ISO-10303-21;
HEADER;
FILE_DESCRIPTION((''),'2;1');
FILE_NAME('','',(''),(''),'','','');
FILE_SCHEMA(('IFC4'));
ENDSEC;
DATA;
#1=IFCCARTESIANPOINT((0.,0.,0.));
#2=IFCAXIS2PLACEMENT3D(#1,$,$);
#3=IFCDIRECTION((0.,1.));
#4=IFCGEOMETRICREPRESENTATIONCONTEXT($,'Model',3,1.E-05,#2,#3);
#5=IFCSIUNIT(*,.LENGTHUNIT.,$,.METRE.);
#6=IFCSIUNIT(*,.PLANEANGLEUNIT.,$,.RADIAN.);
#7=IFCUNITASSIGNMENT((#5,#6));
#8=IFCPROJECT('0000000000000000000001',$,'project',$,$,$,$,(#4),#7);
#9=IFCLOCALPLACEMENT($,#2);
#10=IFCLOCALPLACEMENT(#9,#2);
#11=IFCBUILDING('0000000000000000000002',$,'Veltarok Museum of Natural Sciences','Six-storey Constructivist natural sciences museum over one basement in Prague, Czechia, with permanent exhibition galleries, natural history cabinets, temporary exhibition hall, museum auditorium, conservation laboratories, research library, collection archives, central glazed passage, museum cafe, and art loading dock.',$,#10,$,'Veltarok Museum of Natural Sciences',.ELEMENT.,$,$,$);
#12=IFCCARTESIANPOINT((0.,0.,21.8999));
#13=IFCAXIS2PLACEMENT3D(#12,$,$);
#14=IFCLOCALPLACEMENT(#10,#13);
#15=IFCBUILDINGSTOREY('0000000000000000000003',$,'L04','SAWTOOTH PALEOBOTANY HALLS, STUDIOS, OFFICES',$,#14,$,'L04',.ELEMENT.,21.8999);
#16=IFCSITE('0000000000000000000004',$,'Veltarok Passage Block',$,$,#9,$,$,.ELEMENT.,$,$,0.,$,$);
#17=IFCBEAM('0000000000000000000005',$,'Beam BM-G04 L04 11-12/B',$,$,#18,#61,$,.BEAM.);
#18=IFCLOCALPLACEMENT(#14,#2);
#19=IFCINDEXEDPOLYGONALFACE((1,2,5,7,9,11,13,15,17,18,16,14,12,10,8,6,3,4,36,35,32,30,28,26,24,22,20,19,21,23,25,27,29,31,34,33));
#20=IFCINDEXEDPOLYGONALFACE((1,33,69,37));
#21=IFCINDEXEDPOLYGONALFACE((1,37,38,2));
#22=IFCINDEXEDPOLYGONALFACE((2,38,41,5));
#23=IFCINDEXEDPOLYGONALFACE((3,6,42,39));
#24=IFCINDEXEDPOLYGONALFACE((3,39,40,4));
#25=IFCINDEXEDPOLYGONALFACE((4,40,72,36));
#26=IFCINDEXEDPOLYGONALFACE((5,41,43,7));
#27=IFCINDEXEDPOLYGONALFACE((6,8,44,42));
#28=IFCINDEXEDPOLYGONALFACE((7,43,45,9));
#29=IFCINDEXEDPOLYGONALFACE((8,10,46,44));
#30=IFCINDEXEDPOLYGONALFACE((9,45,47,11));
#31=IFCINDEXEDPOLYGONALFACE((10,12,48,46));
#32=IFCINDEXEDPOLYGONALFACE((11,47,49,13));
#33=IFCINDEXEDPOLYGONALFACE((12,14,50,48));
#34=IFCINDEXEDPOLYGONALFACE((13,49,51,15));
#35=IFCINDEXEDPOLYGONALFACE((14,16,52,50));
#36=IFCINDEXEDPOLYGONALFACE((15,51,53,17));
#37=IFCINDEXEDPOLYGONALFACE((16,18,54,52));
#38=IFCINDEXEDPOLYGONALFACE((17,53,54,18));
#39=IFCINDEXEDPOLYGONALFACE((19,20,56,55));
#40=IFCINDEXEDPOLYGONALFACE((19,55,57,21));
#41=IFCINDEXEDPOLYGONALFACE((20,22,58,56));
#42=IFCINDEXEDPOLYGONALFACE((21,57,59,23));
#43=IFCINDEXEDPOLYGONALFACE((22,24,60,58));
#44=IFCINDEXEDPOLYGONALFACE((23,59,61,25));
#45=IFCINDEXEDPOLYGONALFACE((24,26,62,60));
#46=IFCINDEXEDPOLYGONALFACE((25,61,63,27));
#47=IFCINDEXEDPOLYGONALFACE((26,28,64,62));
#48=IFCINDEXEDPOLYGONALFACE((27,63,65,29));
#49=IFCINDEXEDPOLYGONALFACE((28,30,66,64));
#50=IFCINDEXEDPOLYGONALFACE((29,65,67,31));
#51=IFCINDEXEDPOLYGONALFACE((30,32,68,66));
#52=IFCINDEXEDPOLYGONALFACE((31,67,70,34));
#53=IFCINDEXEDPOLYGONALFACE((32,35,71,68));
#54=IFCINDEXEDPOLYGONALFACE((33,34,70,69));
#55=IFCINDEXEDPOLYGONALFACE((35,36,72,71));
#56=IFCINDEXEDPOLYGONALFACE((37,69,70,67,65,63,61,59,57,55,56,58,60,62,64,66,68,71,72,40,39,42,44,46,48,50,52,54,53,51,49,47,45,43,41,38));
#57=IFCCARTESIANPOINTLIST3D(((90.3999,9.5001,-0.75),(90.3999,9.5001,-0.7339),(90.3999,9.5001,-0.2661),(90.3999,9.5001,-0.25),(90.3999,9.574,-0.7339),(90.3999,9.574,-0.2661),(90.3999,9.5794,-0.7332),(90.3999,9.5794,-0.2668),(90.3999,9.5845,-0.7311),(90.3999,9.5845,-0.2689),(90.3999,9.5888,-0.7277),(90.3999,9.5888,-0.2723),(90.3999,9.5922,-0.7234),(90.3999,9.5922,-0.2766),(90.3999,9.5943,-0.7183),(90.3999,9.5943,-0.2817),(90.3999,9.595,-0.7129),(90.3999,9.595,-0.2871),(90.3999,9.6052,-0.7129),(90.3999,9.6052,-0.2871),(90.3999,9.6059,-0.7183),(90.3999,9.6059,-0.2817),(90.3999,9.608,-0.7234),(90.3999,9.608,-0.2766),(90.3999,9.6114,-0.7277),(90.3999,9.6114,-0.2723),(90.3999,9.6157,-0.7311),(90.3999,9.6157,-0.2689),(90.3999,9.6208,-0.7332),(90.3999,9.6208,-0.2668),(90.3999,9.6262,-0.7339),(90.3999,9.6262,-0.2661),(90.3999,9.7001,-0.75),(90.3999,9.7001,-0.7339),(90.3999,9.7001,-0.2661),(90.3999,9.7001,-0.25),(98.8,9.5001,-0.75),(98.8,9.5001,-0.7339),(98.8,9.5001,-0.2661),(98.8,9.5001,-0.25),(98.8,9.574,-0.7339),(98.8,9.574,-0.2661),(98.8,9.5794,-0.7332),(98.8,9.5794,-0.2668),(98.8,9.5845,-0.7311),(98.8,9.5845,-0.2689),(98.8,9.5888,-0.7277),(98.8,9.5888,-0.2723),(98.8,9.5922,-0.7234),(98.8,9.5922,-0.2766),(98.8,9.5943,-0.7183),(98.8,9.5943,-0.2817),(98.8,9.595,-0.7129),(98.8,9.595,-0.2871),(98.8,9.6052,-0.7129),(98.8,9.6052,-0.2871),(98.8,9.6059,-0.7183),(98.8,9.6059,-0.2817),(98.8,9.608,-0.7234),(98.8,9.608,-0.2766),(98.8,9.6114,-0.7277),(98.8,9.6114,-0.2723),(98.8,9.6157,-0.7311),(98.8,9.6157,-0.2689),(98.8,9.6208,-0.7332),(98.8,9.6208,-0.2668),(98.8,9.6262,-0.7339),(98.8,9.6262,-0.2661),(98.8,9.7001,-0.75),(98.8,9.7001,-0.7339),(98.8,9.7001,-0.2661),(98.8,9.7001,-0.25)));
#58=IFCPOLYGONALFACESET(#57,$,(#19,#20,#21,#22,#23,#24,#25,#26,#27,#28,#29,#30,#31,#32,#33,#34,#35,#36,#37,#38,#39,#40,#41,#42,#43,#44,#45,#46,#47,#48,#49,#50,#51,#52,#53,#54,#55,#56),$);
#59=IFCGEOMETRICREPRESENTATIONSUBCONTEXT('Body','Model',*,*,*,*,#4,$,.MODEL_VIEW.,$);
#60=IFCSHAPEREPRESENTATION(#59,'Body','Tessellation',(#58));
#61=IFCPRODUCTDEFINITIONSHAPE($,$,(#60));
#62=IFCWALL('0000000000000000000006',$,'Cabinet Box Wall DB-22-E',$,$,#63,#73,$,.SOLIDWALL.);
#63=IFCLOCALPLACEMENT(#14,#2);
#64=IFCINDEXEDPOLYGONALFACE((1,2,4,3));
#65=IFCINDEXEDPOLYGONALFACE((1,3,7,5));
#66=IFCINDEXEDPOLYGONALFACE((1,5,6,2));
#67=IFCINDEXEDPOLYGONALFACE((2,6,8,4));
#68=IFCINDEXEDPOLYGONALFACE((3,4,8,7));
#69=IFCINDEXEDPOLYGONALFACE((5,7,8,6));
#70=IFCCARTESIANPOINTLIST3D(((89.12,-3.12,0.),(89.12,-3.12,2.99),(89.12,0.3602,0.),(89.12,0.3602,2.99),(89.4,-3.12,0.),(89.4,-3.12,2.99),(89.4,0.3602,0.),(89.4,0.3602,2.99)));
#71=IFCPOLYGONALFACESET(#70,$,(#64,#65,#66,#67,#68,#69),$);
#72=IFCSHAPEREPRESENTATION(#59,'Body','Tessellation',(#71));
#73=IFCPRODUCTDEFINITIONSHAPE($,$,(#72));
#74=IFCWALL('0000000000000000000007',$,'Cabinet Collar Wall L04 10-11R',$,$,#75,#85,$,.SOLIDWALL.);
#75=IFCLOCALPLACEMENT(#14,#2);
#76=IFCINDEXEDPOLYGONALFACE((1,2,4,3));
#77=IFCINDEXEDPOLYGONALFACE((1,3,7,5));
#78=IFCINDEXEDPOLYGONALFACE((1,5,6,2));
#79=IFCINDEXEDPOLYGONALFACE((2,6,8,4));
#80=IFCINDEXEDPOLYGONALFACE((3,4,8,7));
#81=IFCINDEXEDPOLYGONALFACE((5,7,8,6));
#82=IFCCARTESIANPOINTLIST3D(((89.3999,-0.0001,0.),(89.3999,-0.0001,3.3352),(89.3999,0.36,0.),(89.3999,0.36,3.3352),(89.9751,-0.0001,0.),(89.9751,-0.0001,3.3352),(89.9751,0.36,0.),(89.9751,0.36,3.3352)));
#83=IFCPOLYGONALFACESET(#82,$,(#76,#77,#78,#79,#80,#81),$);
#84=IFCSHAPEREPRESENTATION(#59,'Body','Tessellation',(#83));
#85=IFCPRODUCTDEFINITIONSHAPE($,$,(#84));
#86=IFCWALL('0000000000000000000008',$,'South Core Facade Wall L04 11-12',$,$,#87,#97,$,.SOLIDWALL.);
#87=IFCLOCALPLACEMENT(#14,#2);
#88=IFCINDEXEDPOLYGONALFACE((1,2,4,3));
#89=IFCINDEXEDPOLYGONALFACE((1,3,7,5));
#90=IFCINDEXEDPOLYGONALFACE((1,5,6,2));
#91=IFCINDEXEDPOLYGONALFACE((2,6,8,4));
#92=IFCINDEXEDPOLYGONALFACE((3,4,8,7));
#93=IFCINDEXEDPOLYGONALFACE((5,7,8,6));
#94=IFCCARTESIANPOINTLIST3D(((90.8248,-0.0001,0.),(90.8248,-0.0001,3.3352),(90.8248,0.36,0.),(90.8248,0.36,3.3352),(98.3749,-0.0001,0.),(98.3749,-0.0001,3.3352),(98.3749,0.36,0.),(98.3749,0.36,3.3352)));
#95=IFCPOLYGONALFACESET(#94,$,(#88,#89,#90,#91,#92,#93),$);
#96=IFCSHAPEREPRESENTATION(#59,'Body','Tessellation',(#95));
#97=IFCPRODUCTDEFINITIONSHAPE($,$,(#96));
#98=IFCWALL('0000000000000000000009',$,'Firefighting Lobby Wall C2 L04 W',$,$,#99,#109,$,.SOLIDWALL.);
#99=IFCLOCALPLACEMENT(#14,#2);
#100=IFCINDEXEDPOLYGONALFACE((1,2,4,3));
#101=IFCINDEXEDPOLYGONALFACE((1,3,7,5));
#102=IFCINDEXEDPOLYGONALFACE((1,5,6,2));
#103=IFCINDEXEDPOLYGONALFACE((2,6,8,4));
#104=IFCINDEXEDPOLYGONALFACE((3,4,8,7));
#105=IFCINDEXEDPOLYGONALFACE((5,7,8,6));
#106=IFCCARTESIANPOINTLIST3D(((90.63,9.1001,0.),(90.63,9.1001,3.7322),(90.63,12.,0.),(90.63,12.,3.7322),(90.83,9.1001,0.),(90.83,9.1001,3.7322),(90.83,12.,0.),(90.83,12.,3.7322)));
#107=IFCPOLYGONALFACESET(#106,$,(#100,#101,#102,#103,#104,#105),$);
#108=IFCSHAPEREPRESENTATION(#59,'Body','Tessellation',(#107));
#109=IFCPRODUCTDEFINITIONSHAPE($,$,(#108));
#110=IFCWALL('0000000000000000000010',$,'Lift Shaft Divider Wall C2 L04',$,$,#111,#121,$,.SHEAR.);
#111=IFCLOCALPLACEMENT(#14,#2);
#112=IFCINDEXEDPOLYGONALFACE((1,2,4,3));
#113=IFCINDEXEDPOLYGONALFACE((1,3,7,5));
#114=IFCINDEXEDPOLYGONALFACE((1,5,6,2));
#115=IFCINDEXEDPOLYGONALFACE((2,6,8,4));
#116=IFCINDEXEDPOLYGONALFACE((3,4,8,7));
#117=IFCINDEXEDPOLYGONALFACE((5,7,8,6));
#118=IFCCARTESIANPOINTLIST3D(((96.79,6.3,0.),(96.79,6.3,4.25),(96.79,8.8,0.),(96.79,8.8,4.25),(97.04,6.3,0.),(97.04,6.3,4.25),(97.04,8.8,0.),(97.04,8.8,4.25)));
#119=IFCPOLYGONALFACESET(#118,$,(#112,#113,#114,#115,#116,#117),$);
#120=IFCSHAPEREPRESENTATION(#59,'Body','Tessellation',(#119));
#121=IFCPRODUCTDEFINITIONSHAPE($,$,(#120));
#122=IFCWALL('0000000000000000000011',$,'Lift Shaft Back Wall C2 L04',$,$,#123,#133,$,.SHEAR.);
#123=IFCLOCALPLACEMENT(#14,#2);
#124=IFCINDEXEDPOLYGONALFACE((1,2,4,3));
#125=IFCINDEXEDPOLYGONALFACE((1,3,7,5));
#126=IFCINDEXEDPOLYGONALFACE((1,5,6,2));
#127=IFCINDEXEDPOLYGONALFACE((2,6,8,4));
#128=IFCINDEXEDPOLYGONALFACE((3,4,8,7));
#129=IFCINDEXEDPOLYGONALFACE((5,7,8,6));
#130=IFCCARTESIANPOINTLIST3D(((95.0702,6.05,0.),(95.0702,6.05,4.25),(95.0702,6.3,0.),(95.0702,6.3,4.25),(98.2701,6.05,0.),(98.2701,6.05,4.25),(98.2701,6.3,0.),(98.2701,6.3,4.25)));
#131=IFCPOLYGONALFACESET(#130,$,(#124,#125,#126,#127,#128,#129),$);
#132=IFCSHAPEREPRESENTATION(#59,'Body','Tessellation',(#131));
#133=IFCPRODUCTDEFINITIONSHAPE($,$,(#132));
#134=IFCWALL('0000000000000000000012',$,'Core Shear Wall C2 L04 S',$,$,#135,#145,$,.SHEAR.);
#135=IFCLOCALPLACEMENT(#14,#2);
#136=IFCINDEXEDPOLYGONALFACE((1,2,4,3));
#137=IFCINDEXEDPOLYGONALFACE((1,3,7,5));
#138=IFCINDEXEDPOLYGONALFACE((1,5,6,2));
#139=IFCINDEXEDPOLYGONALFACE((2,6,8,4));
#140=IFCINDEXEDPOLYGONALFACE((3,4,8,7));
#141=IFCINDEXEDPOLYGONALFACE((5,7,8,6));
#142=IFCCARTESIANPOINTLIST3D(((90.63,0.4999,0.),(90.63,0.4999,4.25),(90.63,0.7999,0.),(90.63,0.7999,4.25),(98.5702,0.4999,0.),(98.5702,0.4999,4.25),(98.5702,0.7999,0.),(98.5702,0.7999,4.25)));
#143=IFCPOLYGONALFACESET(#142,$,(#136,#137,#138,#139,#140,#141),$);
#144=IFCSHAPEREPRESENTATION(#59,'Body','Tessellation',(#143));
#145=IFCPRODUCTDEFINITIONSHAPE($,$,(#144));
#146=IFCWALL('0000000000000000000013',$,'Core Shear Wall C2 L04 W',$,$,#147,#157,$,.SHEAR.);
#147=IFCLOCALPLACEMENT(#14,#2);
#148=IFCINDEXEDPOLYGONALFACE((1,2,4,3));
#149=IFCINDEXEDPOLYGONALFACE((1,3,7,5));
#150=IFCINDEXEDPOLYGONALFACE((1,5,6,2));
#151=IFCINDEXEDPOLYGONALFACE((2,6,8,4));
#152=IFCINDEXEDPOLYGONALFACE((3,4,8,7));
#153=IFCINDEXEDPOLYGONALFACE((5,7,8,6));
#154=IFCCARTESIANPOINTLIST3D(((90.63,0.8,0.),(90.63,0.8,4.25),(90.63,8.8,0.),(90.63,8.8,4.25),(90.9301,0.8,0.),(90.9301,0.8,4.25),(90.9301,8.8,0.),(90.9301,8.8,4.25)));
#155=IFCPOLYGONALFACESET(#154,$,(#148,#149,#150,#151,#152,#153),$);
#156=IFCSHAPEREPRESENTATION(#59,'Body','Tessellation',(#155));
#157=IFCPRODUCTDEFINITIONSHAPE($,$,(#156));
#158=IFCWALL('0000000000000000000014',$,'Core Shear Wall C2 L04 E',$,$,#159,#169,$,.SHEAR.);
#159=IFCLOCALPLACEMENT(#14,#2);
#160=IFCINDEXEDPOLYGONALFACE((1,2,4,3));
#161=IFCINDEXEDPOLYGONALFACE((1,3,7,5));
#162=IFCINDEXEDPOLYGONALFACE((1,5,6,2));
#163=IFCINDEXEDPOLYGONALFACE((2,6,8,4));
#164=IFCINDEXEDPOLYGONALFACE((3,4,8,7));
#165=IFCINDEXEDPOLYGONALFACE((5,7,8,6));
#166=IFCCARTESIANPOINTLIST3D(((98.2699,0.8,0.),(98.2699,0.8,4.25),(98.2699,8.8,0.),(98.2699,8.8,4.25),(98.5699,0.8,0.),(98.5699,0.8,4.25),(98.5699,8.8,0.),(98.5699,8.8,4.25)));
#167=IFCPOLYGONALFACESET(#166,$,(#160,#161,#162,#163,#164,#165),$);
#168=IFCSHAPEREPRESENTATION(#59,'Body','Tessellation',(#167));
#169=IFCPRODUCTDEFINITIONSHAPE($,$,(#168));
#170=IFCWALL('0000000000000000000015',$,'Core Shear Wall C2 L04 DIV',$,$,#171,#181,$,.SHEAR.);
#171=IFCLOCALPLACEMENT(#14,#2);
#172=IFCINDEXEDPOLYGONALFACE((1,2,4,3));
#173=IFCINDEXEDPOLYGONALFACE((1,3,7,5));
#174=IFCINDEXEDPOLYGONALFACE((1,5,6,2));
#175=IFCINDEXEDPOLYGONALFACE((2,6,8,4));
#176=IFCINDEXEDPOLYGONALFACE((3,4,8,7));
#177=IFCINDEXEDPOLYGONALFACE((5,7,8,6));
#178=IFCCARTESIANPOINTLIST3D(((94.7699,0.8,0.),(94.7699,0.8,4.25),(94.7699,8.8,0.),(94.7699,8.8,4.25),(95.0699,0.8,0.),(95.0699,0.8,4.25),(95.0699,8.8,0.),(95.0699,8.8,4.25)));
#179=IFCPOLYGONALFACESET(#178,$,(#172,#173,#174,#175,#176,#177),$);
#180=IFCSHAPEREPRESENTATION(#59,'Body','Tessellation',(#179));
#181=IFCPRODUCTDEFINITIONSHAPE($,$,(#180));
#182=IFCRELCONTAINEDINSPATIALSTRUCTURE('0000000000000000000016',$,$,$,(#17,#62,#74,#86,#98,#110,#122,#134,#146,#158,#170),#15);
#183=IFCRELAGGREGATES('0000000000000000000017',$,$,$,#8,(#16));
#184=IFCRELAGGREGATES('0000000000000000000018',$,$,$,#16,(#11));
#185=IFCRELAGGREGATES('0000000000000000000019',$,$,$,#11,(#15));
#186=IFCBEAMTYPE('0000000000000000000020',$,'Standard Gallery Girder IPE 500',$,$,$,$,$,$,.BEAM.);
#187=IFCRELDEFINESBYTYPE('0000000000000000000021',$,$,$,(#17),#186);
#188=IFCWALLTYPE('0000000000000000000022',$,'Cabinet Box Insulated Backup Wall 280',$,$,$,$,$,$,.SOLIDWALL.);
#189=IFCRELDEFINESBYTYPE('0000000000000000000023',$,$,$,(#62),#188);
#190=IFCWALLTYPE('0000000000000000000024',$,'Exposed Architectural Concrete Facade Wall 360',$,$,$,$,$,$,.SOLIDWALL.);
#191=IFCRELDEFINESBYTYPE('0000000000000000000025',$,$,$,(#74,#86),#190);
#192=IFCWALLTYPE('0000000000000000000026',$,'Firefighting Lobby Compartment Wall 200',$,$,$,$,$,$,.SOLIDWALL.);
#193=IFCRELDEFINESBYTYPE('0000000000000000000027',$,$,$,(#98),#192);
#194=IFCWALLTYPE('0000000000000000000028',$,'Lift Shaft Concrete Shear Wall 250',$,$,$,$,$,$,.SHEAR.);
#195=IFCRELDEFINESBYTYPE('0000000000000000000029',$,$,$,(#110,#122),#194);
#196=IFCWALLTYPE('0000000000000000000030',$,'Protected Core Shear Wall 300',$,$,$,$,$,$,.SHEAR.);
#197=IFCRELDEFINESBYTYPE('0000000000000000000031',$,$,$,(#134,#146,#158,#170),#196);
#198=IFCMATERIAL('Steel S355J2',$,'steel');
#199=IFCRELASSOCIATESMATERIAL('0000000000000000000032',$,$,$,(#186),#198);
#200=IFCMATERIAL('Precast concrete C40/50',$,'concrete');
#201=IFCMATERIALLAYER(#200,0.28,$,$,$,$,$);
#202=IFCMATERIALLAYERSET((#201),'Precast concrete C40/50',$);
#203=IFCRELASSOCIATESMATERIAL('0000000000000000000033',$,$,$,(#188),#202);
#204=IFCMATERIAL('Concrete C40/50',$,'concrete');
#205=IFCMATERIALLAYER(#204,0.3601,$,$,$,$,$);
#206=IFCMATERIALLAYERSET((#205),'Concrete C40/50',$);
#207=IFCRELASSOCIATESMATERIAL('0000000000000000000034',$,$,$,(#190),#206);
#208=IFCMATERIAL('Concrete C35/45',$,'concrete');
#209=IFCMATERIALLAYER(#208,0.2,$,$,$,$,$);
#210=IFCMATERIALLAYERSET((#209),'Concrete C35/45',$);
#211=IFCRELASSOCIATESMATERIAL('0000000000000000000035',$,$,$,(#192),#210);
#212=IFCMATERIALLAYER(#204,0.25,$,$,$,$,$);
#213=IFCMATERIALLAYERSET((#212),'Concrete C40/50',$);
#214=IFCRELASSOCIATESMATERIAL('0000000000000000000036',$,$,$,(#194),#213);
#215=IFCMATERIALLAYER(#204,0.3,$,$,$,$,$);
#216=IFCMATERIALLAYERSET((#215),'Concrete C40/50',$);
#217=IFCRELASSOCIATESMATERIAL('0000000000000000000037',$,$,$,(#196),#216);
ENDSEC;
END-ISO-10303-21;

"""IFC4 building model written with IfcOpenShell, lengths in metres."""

from ifc_helpers import new_model, si_unit, direction, frame, frame_2d, origin, origin_2d, place, context, subcontext, project, spatial, rectangle, i_section, extrude, material, layer, layer_set, material_profile, profile_set, type_object, element, save


model = new_model("IFC4")

# Units and contexts
model_context = context("Model", 3, precision=1e-05, world=origin(), true_north=direction((0.0, 1.0)))
body_context = subcontext(model_context, "Body", "Model", "MODEL_VIEW")
ifc_project = project(units=[si_unit("LENGTHUNIT", "METRE"), si_unit("PLANEANGLEUNIT", "RADIAN")], contexts=[model_context])

# Site, building, storey
site_placement = place(None, origin())
site = spatial("IfcSite", under=ifc_project, at=site_placement, Name="Veltarok Passage Block", CompositionType="ELEMENT", RefElevation=0.0)
building_placement = place(site_placement, origin())
building = spatial("IfcBuilding", under=site, at=building_placement, Name="Veltarok Museum of Natural Sciences", Description="Six-storey Constructivist natural sciences museum over one basement in Prague, Czechia, with permanent exhibition galleries, natural history cabinets, temporary exhibition hall, museum auditorium, conservation laboratories, research library, collection archives, central glazed passage, museum cafe, and art loading dock.", LongName="Veltarok Museum of Natural Sciences", CompositionType="ELEMENT")
storey_placement = place(building_placement, frame((0.0, 0.0, 21.8999)))
storey = spatial("IfcBuildingStorey", under=building, at=storey_placement, Name="L04", Description="SAWTOOTH PALEOBOTANY HALLS, STUDIOS, OFFICES", LongName="L04", CompositionType="ELEMENT", Elevation=21.8999)

# Shared definitions
ifc_material_1 = material(Name="Concrete C40/50", Category="concrete")
ifc_material_2 = material(Name="Steel S355J2", Category="steel")

# Beam
ifc_material_profile_1 = material_profile(ifc_material_2, i_section(OverallWidth=0.2, OverallDepth=0.5, WebThickness=0.0103, FlangeThickness=0.0161, FilletRadius=0.021, at=origin_2d()), Name="IPE 500")
ifc_profile_set_1 = profile_set([ifc_material_profile_1], Name="Steel S355J2")
beam_type_1 = type_object("IfcBeamType", Name="Standard Gallery Girder IPE 500", PredefinedType="BEAM", material=ifc_profile_set_1)
beam_1_placement = place(storey_placement, frame((90.3999, 9.6001, -0.5), z_axis=(1.0, 0.0, 0.0), x_axis=(0.0, 1.0, 0.0)))
element("IfcBeam", 1, at=beam_1_placement, inside=storey, type_object=beam_type_1, Name="Beam BM-G04 L04 11-12/B", PredefinedType="BEAM", context=body_context, shape_type="SweptSolid", body=[
    extrude(i_section(OverallWidth=0.2, OverallDepth=0.5, WebThickness=0.0103, FlangeThickness=0.0161, FilletRadius=0.021, at=origin_2d()), origin(), (0.0, 0.0, 1.0), 8.4001),
])

# Walls
ifc_material_3 = material(Name="Precast concrete C40/50", Category="concrete")
ifc_layer_1 = layer(ifc_material_3, 0.28)
ifc_layer_set_1 = layer_set([ifc_layer_1], Name="Precast concrete C40/50")
wall_type_1 = type_object("IfcWallType", Name="Cabinet Box Insulated Backup Wall 280", PredefinedType="SOLIDWALL", material=ifc_layer_set_1)
wall_1_placement = place(storey_placement, frame((89.26, -3.1201, 0.0), z_axis=(0.0, 0.0, 1.0), x_axis=(0.0, 1.0, 0.0)))
element("IfcWall", 2, at=wall_1_placement, inside=storey, type_object=wall_type_1, Name="Cabinet Box Wall DB-22-E", PredefinedType="SOLIDWALL", context=body_context, shape_type="SweptSolid", body=[
    extrude(rectangle(XDim=3.4802, YDim=0.28, at=frame_2d((1.7402, 0.0))), origin(), (0.0, 0.0, 1.0), 2.99),
])
ifc_layer_2 = layer(ifc_material_1, 0.3601)
ifc_layer_set_2 = layer_set([ifc_layer_2], Name="Concrete C40/50")
wall_type_2 = type_object("IfcWallType", Name="Exposed Architectural Concrete Facade Wall 360", PredefinedType="SOLIDWALL", material=ifc_layer_set_2)
wall_2_placement = place(storey_placement, frame((89.3999, 0.1799, 0.0), z_axis=(0.0, 0.0, 1.0), x_axis=(1.0, 0.0, 0.0)))
element("IfcWall", 3, at=wall_2_placement, inside=storey, type_object=wall_type_2, Name="Cabinet Collar Wall L04 10-11R", PredefinedType="SOLIDWALL", context=body_context, shape_type="SweptSolid", body=[
    extrude(rectangle(XDim=0.5752, YDim=0.3601, at=frame_2d((0.2876, 0.0))), origin(), (0.0, 0.0, 1.0), 3.3352),
])
wall_3_placement = place(storey_placement, frame((90.825, 0.1799, 0.0), z_axis=(0.0, 0.0, 1.0), x_axis=(1.0, 0.0, 0.0)))
element("IfcWall", 4, at=wall_3_placement, inside=storey, type_object=wall_type_2, Name="South Core Facade Wall L04 11-12", PredefinedType="SOLIDWALL", context=body_context, shape_type="SweptSolid", body=[
    extrude(rectangle(XDim=7.55, YDim=0.3601, at=frame_2d((3.7749, 0.0))), origin(), (0.0, 0.0, 1.0), 3.3352),
])
ifc_material_4 = material(Name="Concrete C35/45", Category="concrete")
ifc_layer_3 = layer(ifc_material_4, 0.2)
ifc_layer_set_3 = layer_set([ifc_layer_3], Name="Concrete C35/45")
wall_type_3 = type_object("IfcWallType", Name="Firefighting Lobby Compartment Wall 200", PredefinedType="SOLIDWALL", material=ifc_layer_set_3)
wall_4_placement = place(storey_placement, frame((90.73, 9.1001, 0.0), z_axis=(0.0, 0.0, 1.0), x_axis=(0.0, 1.0, 0.0)))
element("IfcWall", 5, at=wall_4_placement, inside=storey, type_object=wall_type_3, Name="Firefighting Lobby Wall C2 L04 W", PredefinedType="SOLIDWALL", context=body_context, shape_type="SweptSolid", body=[
    extrude(rectangle(XDim=2.8999, YDim=0.2, at=frame_2d((1.45, 0.0))), origin(), (0.0, 0.0, 1.0), 3.7322),
])
ifc_layer_4 = layer(ifc_material_1, 0.25)
ifc_layer_set_4 = layer_set([ifc_layer_4], Name="Concrete C40/50")
wall_type_4 = type_object("IfcWallType", Name="Lift Shaft Concrete Shear Wall 250", PredefinedType="SHEAR", material=ifc_layer_set_4)
wall_5_placement = place(storey_placement, frame((96.915, 6.3, 0.0), z_axis=(0.0, 0.0, 1.0), x_axis=(0.0, 1.0, 0.0)))
element("IfcWall", 6, at=wall_5_placement, inside=storey, type_object=wall_type_4, Name="Lift Shaft Divider Wall C2 L04", PredefinedType="SHEAR", context=body_context, shape_type="SweptSolid", body=[
    extrude(rectangle(XDim=2.5, YDim=0.25, at=frame_2d((1.25, 0.0))), origin(), (0.0, 0.0, 1.0), 4.25),
])
wall_6_placement = place(storey_placement, frame((95.0701, 6.175, 0.0), z_axis=(0.0, 0.0, 1.0), x_axis=(1.0, 0.0, 0.0)))
element("IfcWall", 7, at=wall_6_placement, inside=storey, type_object=wall_type_4, Name="Lift Shaft Back Wall C2 L04", PredefinedType="SHEAR", context=body_context, shape_type="SweptSolid", body=[
    extrude(rectangle(XDim=3.2, YDim=0.25, at=frame_2d((1.6001, 0.0))), origin(), (0.0, 0.0, 1.0), 4.25),
])
ifc_layer_5 = layer(ifc_material_1, 0.3)
ifc_layer_set_5 = layer_set([ifc_layer_5], Name="Concrete C40/50")
wall_type_5 = type_object("IfcWallType", Name="Protected Core Shear Wall 300", PredefinedType="SHEAR", material=ifc_layer_set_5)
wall_7_placement = place(storey_placement, frame((90.6299, 0.6499, 0.0), z_axis=(0.0, 0.0, 1.0), x_axis=(1.0, 0.0, 0.0)))
element("IfcWall", 8, at=wall_7_placement, inside=storey, type_object=wall_type_5, Name="Core Shear Wall C2 L04 S", PredefinedType="SHEAR", context=body_context, shape_type="SweptSolid", body=[
    extrude(rectangle(XDim=7.9402, YDim=0.3, at=frame_2d((3.9702, 0.0))), origin(), (0.0, 0.0, 1.0), 4.25),
])
for number, where, z_axis, x_axis, name in (
    (9, (90.78, 8.8, 0.0), (0.0, 0.0, 1.0), (0.0, -1.0, 0.0), "Core Shear Wall C2 L04 W"),
    (10, (98.4199, 0.8, 0.0), (0.0, 0.0, 1.0), (0.0, 1.0, 0.0), "Core Shear Wall C2 L04 E"),
    (11, (94.9199, 0.8, 0.0), (0.0, 0.0, 1.0), (0.0, 1.0, 0.0), "Core Shear Wall C2 L04 DIV"),
):
    element("IfcWall", number, at=place(storey_placement, frame(where, z_axis=z_axis, x_axis=x_axis)), inside=storey, type_object=wall_type_5, Name=name, PredefinedType="SHEAR", context=body_context, shape_type="SweptSolid", body=[
        extrude(rectangle(XDim=8.0, YDim=0.3, at=frame_2d((4.0, 0.0))), origin(), (0.0, 0.0, 1.0), 4.25),
    ])

save(model, "model.ifc")
